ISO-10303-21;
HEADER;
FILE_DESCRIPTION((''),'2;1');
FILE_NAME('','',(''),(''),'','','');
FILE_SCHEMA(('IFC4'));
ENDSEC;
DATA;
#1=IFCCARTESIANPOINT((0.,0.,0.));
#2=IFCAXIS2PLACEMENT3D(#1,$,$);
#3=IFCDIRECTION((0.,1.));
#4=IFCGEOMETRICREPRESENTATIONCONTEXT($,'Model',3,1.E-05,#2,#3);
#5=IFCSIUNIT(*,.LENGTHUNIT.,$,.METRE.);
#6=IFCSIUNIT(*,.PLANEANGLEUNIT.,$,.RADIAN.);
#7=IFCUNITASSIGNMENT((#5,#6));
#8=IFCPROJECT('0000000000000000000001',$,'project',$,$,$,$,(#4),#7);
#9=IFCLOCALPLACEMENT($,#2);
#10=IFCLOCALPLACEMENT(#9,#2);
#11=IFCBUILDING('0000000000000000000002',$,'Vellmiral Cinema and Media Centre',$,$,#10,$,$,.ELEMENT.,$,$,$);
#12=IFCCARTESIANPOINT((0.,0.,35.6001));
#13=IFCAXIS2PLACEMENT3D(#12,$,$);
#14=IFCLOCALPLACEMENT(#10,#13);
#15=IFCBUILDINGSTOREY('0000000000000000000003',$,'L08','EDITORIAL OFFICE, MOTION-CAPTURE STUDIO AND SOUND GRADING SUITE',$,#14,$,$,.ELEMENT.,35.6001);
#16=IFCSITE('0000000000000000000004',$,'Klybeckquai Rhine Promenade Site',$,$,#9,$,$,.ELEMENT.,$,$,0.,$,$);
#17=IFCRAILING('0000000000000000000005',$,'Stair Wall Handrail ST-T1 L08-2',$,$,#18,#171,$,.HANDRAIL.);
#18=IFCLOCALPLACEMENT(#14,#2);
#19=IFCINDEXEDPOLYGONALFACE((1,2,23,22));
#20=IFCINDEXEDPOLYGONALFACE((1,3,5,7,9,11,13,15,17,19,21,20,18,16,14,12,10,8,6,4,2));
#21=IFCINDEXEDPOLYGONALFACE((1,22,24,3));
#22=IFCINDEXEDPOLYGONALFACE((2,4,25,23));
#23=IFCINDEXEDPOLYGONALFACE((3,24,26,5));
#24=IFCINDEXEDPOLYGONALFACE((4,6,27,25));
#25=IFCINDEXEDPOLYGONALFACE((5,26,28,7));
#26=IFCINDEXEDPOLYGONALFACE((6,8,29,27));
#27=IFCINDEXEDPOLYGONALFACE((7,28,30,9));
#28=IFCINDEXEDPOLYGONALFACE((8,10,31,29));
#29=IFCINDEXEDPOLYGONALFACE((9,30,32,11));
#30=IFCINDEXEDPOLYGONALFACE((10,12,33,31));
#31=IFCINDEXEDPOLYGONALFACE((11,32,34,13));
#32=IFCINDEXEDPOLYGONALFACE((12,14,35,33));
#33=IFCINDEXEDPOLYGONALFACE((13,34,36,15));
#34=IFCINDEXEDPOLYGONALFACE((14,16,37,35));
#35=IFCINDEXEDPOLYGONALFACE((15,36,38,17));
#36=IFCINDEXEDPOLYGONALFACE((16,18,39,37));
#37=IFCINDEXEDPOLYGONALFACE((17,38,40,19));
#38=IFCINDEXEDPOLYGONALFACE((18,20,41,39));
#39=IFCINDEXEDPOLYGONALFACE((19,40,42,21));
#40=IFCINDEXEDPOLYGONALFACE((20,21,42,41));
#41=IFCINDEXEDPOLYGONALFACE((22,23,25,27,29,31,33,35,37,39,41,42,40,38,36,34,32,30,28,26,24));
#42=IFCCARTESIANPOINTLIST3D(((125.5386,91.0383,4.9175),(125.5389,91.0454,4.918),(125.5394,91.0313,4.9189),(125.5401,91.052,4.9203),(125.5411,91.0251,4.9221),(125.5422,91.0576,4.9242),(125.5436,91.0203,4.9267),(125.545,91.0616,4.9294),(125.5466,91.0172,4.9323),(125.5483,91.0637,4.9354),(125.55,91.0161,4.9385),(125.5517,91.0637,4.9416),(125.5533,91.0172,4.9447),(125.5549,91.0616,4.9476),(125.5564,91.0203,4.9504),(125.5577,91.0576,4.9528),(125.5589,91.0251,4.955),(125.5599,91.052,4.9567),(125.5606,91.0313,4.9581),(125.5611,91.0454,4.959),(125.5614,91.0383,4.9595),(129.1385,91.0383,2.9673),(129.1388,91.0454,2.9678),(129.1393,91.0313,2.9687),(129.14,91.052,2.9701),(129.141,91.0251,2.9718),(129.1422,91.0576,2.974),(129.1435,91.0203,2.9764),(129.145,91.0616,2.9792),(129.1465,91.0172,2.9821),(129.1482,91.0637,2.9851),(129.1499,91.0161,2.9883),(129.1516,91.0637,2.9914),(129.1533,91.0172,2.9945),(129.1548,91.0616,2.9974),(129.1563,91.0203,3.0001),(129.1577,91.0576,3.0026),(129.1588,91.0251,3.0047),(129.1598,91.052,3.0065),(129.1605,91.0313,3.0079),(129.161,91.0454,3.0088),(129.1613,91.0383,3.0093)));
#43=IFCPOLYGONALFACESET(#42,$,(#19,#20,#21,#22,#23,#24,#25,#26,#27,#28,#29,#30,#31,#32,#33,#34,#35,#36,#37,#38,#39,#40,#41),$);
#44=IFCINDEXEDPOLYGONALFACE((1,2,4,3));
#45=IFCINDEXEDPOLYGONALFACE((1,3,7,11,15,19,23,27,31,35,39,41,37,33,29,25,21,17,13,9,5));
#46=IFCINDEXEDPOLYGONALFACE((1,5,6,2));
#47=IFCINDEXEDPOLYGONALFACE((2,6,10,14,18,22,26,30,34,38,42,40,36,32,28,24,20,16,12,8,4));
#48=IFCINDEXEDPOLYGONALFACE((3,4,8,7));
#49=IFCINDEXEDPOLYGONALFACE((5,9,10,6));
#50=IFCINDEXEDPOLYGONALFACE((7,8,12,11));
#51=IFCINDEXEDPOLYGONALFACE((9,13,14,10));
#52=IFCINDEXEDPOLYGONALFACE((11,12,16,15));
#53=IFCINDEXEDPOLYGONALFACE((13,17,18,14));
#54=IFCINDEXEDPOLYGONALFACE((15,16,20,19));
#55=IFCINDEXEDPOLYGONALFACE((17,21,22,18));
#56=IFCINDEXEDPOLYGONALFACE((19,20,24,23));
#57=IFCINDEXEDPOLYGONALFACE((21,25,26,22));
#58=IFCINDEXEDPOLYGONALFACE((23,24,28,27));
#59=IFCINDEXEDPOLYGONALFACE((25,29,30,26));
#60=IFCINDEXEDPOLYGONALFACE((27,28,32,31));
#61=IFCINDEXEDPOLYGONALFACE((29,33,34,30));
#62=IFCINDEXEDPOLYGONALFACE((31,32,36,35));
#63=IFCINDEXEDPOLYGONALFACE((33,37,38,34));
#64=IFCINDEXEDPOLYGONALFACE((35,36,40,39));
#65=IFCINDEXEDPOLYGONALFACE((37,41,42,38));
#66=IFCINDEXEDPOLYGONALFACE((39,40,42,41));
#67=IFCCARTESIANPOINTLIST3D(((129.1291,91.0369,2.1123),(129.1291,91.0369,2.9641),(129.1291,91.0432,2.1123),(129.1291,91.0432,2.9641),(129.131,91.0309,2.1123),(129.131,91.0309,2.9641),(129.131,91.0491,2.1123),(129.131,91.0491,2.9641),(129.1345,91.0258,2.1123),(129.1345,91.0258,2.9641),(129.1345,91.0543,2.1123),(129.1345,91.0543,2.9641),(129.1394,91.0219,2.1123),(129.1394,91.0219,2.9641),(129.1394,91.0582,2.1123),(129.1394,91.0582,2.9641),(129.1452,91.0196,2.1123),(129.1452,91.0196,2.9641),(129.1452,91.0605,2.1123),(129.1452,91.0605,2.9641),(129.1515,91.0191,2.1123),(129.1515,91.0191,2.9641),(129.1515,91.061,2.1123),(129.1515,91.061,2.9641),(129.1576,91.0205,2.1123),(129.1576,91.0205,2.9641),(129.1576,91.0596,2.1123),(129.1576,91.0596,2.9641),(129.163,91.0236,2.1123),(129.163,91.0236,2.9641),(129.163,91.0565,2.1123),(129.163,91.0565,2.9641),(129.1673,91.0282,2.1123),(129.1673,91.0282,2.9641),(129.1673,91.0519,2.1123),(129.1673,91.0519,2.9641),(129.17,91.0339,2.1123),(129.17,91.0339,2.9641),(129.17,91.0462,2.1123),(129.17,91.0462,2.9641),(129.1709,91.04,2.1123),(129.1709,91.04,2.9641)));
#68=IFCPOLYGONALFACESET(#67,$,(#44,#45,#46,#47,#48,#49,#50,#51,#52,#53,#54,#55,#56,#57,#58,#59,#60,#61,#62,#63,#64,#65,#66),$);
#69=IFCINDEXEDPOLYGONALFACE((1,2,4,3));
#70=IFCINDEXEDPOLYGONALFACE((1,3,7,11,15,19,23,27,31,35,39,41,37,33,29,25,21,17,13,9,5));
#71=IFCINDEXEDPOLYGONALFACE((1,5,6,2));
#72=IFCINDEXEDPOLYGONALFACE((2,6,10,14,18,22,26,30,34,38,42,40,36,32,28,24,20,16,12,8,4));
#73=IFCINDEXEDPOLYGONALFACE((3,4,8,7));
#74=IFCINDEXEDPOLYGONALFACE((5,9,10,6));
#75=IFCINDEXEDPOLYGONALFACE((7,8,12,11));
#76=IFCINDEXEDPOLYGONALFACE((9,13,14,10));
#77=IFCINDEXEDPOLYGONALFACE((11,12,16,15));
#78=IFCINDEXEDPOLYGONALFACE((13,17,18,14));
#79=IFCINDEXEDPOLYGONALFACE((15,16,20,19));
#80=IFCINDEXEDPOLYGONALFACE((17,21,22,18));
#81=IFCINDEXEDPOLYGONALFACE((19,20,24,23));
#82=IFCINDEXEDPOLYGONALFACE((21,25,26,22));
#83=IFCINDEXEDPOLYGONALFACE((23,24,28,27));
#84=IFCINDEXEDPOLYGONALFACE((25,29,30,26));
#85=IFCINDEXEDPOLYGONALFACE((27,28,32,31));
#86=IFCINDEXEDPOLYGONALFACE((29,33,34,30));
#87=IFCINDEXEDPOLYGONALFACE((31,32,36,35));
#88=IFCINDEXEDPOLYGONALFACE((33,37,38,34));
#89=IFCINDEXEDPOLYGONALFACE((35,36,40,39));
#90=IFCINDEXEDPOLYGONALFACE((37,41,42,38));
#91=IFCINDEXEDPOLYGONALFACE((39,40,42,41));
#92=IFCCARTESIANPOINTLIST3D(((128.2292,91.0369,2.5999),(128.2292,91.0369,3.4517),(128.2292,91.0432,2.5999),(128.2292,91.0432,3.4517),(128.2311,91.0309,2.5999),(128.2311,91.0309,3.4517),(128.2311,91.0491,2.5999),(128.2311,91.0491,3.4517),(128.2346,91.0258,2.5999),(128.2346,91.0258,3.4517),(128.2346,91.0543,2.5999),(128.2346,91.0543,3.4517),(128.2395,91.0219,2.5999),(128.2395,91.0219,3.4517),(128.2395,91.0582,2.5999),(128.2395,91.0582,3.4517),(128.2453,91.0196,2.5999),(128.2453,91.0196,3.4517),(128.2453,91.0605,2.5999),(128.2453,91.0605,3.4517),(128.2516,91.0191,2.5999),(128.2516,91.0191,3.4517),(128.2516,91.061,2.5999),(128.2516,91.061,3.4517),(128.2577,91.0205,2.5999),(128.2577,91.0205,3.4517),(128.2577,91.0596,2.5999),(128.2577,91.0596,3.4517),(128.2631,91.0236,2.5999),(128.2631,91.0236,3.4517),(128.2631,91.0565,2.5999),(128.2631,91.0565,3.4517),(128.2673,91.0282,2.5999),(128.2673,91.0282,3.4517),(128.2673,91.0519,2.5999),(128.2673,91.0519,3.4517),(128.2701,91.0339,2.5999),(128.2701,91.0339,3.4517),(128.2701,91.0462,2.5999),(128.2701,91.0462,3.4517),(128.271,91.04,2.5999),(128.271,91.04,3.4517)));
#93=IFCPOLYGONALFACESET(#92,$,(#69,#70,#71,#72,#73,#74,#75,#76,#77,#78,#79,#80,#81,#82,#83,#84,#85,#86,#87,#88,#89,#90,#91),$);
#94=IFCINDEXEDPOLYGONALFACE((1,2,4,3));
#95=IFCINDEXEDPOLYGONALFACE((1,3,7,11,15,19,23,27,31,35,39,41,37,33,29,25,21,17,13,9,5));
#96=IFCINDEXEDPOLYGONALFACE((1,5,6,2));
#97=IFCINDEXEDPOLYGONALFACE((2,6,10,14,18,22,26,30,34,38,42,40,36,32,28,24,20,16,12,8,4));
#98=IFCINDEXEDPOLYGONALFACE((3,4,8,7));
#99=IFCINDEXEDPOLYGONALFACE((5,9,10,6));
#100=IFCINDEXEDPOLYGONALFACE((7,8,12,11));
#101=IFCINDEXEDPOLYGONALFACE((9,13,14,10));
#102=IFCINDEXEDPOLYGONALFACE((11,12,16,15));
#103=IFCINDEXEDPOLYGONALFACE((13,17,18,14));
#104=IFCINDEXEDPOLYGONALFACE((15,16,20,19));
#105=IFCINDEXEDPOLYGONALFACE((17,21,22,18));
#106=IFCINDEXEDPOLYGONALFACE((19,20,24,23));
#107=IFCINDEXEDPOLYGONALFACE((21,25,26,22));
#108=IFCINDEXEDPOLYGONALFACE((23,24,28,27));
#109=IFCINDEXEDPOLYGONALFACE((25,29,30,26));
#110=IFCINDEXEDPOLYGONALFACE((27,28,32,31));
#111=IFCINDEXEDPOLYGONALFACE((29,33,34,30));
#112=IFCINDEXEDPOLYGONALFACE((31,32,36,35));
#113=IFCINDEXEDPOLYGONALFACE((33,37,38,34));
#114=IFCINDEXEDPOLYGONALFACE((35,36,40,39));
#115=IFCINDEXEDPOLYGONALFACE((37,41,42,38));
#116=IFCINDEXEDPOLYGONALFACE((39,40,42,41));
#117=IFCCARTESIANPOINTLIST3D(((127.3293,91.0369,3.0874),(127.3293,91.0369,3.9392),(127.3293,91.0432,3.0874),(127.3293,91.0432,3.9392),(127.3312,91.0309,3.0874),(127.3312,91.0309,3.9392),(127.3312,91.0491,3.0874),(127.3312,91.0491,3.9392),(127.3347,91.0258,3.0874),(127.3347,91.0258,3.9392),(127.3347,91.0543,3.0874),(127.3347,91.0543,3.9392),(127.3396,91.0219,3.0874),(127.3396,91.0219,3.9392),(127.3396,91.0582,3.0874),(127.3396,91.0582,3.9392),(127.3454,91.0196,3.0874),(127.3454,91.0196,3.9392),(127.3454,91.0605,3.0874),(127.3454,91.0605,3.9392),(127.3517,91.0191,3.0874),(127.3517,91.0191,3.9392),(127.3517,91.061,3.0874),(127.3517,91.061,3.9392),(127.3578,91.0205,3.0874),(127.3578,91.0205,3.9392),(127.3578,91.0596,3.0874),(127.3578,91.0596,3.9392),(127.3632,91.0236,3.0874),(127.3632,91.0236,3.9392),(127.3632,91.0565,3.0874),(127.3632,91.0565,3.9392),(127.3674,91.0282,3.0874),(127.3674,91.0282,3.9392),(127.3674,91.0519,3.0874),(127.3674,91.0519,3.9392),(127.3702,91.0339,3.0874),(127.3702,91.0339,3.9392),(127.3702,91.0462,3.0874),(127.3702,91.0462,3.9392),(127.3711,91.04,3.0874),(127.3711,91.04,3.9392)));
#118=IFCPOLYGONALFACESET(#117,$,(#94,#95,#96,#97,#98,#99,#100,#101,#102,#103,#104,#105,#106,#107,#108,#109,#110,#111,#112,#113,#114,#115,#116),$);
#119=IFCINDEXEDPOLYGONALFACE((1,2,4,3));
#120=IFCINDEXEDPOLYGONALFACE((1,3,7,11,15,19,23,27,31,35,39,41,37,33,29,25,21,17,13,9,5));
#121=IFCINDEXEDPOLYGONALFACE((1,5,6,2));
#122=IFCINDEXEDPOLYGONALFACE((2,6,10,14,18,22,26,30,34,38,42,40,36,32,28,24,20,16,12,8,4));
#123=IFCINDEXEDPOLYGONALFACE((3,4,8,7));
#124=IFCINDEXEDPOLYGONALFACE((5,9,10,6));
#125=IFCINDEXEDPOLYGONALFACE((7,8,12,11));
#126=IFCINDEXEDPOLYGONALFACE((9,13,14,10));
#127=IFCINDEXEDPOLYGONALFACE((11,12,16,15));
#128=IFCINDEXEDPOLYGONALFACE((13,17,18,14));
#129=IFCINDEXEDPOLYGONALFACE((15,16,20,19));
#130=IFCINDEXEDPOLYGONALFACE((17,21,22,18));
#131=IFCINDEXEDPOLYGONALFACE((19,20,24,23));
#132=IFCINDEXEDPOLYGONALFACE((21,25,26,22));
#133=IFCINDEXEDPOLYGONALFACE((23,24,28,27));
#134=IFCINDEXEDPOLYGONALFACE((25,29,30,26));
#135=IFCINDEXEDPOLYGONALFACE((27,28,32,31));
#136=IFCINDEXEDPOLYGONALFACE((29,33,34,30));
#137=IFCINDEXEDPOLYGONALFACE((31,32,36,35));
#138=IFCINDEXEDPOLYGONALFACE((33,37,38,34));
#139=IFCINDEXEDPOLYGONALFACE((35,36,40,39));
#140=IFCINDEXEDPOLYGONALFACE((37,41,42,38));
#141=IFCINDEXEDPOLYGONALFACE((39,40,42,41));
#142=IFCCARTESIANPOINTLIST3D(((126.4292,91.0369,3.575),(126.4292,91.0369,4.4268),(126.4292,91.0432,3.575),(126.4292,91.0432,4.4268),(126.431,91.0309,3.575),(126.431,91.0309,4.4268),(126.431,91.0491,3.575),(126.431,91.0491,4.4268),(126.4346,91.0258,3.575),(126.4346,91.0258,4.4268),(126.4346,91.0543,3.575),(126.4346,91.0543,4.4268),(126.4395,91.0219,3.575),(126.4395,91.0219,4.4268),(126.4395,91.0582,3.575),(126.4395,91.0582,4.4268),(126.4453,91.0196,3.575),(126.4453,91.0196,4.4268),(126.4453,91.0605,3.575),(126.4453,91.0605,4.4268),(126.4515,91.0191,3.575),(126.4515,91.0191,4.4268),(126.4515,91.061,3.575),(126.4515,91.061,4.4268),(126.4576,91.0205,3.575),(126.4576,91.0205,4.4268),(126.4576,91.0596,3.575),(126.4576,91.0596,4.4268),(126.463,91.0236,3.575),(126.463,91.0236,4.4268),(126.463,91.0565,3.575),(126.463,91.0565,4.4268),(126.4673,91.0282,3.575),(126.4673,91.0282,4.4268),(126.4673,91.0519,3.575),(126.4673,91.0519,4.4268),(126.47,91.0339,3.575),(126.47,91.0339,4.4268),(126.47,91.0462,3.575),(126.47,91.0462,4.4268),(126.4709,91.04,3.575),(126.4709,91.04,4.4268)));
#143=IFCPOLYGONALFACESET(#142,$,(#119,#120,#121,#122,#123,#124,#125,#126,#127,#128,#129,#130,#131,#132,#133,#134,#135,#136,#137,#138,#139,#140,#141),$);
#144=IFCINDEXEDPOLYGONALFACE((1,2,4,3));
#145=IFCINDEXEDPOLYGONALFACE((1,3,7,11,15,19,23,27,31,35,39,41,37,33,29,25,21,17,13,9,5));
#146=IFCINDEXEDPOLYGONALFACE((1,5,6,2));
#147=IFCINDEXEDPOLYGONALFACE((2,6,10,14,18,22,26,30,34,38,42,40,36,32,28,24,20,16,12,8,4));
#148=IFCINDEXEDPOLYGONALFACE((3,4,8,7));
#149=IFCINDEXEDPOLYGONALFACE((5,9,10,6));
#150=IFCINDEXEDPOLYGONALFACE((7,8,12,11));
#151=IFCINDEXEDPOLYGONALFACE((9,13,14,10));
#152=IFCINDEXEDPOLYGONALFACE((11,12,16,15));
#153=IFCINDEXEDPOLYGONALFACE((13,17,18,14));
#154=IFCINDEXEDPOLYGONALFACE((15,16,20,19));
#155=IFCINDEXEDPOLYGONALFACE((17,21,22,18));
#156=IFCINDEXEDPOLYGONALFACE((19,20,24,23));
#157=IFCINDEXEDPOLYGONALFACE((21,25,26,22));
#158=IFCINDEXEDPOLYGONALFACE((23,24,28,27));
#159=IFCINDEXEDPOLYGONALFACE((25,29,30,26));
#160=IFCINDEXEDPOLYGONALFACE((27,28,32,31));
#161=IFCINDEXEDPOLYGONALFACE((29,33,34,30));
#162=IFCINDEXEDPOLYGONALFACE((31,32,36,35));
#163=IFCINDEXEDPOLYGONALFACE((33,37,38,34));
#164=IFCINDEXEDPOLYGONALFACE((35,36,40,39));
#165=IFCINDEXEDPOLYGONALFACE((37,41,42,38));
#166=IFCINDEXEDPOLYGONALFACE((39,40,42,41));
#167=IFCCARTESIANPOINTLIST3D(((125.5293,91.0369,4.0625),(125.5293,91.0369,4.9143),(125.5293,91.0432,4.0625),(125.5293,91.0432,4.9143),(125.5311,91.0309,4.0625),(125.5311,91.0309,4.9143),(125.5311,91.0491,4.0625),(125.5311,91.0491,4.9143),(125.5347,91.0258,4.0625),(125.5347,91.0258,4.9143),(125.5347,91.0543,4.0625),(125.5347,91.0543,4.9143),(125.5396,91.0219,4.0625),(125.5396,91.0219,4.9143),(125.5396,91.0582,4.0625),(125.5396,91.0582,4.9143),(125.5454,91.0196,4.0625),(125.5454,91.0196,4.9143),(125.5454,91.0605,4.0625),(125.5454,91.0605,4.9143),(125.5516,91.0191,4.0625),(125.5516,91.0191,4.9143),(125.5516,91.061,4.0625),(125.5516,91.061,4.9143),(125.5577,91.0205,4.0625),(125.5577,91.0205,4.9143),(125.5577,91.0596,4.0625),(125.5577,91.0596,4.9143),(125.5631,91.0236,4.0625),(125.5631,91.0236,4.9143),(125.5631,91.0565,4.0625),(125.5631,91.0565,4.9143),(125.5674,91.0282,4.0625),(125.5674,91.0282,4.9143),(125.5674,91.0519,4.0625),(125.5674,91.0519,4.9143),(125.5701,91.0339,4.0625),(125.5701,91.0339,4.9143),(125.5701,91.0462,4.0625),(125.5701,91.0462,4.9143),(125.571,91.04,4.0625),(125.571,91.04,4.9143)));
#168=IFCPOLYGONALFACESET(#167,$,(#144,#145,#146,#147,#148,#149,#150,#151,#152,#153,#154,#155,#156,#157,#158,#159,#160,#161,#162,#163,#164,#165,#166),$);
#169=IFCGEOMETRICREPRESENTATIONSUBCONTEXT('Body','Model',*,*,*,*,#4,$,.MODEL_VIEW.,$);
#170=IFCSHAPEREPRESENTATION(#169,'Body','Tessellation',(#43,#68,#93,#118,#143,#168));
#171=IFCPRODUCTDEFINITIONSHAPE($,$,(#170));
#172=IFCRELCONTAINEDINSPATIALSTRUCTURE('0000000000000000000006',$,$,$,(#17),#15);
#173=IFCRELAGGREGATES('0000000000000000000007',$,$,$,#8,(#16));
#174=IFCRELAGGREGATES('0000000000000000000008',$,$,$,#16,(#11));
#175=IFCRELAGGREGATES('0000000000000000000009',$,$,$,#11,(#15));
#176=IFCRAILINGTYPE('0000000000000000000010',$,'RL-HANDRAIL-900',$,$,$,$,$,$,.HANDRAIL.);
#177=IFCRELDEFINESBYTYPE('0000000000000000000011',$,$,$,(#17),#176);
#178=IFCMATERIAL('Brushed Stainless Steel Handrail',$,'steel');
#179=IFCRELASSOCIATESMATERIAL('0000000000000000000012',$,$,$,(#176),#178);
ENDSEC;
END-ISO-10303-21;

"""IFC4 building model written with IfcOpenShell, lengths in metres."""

from ifc_helpers import new_model, si_unit, direction, frame, origin, origin_2d, place, context, subcontext, project, spatial, circle, extrude, material, type_object, element, save


model = new_model("IFC4")

# Units and contexts
model_context = context("Model", 3, precision=1e-05, world=origin(), true_north=direction((0.0, 1.0)))
body_context = subcontext(model_context, "Body", "Model", "MODEL_VIEW")
ifc_project = project(units=[si_unit("LENGTHUNIT", "METRE"), si_unit("PLANEANGLEUNIT", "RADIAN")], contexts=[model_context])

# Site, building, storey
site_placement = place(None, origin())
site = spatial("IfcSite", under=ifc_project, at=site_placement, Name="Klybeckquai Rhine Promenade Site", CompositionType="ELEMENT", RefElevation=0.0)
building_placement = place(site_placement, origin())
building = spatial("IfcBuilding", under=site, at=building_placement, Name="Vellmiral Cinema and Media Centre", CompositionType="ELEMENT")
storey_placement = place(building_placement, frame((0.0, 0.0, 35.6001)))
storey = spatial("IfcBuildingStorey", under=building, at=storey_placement, Name="L08", Description="EDITORIAL OFFICE, MOTION-CAPTURE STUDIO AND SOUND GRADING SUITE", CompositionType="ELEMENT", Elevation=35.6001)

# Railing
ifc_material_1 = material(Name="Brushed Stainless Steel Handrail", Category="steel")
railing_type_1 = type_object("IfcRailingType", Name="RL-HANDRAIL-900", PredefinedType="HANDRAIL", material=ifc_material_1)
railing_1_placement = place(storey_placement, frame((129.1499, 91.04, 2.1123)))
element("IfcRailing", 1, at=railing_1_placement, inside=storey, type_object=railing_type_1, Name="Stair Wall Handrail ST-T1 L08-2", PredefinedType="HANDRAIL", context=body_context, shape_type="SweptSolid", body=[
    extrude(circle(Radius=0.0239, at=origin_2d()), frame((0.0, 0.0, 0.876), z_axis=(-0.879264, 0.0, 0.476335), x_axis=(0.0, -1.0, 0.0)), (0.0, 0.0, 1.0), 4.0942),
    extrude(circle(Radius=0.021, at=origin_2d()), origin(), (0.0, 0.0, 1.0), 0.8518),
    extrude(circle(Radius=0.021, at=origin_2d()), frame((-0.8999, 0.0, 0.4875)), (0.0, 0.0, 1.0), 0.8518),
    extrude(circle(Radius=0.021, at=origin_2d()), frame((-1.7998, 0.0, 0.9751)), (0.0, 0.0, 1.0), 0.8518),
    extrude(circle(Radius=0.021, at=origin_2d()), frame((-2.7, 0.0, 1.4626)), (0.0, 0.0, 1.0), 0.8518),
    extrude(circle(Radius=0.021, at=origin_2d()), frame((-3.5999, 0.0, 1.9502)), (0.0, 0.0, 1.0), 0.8518),
])

save(model, "model.ifc")
